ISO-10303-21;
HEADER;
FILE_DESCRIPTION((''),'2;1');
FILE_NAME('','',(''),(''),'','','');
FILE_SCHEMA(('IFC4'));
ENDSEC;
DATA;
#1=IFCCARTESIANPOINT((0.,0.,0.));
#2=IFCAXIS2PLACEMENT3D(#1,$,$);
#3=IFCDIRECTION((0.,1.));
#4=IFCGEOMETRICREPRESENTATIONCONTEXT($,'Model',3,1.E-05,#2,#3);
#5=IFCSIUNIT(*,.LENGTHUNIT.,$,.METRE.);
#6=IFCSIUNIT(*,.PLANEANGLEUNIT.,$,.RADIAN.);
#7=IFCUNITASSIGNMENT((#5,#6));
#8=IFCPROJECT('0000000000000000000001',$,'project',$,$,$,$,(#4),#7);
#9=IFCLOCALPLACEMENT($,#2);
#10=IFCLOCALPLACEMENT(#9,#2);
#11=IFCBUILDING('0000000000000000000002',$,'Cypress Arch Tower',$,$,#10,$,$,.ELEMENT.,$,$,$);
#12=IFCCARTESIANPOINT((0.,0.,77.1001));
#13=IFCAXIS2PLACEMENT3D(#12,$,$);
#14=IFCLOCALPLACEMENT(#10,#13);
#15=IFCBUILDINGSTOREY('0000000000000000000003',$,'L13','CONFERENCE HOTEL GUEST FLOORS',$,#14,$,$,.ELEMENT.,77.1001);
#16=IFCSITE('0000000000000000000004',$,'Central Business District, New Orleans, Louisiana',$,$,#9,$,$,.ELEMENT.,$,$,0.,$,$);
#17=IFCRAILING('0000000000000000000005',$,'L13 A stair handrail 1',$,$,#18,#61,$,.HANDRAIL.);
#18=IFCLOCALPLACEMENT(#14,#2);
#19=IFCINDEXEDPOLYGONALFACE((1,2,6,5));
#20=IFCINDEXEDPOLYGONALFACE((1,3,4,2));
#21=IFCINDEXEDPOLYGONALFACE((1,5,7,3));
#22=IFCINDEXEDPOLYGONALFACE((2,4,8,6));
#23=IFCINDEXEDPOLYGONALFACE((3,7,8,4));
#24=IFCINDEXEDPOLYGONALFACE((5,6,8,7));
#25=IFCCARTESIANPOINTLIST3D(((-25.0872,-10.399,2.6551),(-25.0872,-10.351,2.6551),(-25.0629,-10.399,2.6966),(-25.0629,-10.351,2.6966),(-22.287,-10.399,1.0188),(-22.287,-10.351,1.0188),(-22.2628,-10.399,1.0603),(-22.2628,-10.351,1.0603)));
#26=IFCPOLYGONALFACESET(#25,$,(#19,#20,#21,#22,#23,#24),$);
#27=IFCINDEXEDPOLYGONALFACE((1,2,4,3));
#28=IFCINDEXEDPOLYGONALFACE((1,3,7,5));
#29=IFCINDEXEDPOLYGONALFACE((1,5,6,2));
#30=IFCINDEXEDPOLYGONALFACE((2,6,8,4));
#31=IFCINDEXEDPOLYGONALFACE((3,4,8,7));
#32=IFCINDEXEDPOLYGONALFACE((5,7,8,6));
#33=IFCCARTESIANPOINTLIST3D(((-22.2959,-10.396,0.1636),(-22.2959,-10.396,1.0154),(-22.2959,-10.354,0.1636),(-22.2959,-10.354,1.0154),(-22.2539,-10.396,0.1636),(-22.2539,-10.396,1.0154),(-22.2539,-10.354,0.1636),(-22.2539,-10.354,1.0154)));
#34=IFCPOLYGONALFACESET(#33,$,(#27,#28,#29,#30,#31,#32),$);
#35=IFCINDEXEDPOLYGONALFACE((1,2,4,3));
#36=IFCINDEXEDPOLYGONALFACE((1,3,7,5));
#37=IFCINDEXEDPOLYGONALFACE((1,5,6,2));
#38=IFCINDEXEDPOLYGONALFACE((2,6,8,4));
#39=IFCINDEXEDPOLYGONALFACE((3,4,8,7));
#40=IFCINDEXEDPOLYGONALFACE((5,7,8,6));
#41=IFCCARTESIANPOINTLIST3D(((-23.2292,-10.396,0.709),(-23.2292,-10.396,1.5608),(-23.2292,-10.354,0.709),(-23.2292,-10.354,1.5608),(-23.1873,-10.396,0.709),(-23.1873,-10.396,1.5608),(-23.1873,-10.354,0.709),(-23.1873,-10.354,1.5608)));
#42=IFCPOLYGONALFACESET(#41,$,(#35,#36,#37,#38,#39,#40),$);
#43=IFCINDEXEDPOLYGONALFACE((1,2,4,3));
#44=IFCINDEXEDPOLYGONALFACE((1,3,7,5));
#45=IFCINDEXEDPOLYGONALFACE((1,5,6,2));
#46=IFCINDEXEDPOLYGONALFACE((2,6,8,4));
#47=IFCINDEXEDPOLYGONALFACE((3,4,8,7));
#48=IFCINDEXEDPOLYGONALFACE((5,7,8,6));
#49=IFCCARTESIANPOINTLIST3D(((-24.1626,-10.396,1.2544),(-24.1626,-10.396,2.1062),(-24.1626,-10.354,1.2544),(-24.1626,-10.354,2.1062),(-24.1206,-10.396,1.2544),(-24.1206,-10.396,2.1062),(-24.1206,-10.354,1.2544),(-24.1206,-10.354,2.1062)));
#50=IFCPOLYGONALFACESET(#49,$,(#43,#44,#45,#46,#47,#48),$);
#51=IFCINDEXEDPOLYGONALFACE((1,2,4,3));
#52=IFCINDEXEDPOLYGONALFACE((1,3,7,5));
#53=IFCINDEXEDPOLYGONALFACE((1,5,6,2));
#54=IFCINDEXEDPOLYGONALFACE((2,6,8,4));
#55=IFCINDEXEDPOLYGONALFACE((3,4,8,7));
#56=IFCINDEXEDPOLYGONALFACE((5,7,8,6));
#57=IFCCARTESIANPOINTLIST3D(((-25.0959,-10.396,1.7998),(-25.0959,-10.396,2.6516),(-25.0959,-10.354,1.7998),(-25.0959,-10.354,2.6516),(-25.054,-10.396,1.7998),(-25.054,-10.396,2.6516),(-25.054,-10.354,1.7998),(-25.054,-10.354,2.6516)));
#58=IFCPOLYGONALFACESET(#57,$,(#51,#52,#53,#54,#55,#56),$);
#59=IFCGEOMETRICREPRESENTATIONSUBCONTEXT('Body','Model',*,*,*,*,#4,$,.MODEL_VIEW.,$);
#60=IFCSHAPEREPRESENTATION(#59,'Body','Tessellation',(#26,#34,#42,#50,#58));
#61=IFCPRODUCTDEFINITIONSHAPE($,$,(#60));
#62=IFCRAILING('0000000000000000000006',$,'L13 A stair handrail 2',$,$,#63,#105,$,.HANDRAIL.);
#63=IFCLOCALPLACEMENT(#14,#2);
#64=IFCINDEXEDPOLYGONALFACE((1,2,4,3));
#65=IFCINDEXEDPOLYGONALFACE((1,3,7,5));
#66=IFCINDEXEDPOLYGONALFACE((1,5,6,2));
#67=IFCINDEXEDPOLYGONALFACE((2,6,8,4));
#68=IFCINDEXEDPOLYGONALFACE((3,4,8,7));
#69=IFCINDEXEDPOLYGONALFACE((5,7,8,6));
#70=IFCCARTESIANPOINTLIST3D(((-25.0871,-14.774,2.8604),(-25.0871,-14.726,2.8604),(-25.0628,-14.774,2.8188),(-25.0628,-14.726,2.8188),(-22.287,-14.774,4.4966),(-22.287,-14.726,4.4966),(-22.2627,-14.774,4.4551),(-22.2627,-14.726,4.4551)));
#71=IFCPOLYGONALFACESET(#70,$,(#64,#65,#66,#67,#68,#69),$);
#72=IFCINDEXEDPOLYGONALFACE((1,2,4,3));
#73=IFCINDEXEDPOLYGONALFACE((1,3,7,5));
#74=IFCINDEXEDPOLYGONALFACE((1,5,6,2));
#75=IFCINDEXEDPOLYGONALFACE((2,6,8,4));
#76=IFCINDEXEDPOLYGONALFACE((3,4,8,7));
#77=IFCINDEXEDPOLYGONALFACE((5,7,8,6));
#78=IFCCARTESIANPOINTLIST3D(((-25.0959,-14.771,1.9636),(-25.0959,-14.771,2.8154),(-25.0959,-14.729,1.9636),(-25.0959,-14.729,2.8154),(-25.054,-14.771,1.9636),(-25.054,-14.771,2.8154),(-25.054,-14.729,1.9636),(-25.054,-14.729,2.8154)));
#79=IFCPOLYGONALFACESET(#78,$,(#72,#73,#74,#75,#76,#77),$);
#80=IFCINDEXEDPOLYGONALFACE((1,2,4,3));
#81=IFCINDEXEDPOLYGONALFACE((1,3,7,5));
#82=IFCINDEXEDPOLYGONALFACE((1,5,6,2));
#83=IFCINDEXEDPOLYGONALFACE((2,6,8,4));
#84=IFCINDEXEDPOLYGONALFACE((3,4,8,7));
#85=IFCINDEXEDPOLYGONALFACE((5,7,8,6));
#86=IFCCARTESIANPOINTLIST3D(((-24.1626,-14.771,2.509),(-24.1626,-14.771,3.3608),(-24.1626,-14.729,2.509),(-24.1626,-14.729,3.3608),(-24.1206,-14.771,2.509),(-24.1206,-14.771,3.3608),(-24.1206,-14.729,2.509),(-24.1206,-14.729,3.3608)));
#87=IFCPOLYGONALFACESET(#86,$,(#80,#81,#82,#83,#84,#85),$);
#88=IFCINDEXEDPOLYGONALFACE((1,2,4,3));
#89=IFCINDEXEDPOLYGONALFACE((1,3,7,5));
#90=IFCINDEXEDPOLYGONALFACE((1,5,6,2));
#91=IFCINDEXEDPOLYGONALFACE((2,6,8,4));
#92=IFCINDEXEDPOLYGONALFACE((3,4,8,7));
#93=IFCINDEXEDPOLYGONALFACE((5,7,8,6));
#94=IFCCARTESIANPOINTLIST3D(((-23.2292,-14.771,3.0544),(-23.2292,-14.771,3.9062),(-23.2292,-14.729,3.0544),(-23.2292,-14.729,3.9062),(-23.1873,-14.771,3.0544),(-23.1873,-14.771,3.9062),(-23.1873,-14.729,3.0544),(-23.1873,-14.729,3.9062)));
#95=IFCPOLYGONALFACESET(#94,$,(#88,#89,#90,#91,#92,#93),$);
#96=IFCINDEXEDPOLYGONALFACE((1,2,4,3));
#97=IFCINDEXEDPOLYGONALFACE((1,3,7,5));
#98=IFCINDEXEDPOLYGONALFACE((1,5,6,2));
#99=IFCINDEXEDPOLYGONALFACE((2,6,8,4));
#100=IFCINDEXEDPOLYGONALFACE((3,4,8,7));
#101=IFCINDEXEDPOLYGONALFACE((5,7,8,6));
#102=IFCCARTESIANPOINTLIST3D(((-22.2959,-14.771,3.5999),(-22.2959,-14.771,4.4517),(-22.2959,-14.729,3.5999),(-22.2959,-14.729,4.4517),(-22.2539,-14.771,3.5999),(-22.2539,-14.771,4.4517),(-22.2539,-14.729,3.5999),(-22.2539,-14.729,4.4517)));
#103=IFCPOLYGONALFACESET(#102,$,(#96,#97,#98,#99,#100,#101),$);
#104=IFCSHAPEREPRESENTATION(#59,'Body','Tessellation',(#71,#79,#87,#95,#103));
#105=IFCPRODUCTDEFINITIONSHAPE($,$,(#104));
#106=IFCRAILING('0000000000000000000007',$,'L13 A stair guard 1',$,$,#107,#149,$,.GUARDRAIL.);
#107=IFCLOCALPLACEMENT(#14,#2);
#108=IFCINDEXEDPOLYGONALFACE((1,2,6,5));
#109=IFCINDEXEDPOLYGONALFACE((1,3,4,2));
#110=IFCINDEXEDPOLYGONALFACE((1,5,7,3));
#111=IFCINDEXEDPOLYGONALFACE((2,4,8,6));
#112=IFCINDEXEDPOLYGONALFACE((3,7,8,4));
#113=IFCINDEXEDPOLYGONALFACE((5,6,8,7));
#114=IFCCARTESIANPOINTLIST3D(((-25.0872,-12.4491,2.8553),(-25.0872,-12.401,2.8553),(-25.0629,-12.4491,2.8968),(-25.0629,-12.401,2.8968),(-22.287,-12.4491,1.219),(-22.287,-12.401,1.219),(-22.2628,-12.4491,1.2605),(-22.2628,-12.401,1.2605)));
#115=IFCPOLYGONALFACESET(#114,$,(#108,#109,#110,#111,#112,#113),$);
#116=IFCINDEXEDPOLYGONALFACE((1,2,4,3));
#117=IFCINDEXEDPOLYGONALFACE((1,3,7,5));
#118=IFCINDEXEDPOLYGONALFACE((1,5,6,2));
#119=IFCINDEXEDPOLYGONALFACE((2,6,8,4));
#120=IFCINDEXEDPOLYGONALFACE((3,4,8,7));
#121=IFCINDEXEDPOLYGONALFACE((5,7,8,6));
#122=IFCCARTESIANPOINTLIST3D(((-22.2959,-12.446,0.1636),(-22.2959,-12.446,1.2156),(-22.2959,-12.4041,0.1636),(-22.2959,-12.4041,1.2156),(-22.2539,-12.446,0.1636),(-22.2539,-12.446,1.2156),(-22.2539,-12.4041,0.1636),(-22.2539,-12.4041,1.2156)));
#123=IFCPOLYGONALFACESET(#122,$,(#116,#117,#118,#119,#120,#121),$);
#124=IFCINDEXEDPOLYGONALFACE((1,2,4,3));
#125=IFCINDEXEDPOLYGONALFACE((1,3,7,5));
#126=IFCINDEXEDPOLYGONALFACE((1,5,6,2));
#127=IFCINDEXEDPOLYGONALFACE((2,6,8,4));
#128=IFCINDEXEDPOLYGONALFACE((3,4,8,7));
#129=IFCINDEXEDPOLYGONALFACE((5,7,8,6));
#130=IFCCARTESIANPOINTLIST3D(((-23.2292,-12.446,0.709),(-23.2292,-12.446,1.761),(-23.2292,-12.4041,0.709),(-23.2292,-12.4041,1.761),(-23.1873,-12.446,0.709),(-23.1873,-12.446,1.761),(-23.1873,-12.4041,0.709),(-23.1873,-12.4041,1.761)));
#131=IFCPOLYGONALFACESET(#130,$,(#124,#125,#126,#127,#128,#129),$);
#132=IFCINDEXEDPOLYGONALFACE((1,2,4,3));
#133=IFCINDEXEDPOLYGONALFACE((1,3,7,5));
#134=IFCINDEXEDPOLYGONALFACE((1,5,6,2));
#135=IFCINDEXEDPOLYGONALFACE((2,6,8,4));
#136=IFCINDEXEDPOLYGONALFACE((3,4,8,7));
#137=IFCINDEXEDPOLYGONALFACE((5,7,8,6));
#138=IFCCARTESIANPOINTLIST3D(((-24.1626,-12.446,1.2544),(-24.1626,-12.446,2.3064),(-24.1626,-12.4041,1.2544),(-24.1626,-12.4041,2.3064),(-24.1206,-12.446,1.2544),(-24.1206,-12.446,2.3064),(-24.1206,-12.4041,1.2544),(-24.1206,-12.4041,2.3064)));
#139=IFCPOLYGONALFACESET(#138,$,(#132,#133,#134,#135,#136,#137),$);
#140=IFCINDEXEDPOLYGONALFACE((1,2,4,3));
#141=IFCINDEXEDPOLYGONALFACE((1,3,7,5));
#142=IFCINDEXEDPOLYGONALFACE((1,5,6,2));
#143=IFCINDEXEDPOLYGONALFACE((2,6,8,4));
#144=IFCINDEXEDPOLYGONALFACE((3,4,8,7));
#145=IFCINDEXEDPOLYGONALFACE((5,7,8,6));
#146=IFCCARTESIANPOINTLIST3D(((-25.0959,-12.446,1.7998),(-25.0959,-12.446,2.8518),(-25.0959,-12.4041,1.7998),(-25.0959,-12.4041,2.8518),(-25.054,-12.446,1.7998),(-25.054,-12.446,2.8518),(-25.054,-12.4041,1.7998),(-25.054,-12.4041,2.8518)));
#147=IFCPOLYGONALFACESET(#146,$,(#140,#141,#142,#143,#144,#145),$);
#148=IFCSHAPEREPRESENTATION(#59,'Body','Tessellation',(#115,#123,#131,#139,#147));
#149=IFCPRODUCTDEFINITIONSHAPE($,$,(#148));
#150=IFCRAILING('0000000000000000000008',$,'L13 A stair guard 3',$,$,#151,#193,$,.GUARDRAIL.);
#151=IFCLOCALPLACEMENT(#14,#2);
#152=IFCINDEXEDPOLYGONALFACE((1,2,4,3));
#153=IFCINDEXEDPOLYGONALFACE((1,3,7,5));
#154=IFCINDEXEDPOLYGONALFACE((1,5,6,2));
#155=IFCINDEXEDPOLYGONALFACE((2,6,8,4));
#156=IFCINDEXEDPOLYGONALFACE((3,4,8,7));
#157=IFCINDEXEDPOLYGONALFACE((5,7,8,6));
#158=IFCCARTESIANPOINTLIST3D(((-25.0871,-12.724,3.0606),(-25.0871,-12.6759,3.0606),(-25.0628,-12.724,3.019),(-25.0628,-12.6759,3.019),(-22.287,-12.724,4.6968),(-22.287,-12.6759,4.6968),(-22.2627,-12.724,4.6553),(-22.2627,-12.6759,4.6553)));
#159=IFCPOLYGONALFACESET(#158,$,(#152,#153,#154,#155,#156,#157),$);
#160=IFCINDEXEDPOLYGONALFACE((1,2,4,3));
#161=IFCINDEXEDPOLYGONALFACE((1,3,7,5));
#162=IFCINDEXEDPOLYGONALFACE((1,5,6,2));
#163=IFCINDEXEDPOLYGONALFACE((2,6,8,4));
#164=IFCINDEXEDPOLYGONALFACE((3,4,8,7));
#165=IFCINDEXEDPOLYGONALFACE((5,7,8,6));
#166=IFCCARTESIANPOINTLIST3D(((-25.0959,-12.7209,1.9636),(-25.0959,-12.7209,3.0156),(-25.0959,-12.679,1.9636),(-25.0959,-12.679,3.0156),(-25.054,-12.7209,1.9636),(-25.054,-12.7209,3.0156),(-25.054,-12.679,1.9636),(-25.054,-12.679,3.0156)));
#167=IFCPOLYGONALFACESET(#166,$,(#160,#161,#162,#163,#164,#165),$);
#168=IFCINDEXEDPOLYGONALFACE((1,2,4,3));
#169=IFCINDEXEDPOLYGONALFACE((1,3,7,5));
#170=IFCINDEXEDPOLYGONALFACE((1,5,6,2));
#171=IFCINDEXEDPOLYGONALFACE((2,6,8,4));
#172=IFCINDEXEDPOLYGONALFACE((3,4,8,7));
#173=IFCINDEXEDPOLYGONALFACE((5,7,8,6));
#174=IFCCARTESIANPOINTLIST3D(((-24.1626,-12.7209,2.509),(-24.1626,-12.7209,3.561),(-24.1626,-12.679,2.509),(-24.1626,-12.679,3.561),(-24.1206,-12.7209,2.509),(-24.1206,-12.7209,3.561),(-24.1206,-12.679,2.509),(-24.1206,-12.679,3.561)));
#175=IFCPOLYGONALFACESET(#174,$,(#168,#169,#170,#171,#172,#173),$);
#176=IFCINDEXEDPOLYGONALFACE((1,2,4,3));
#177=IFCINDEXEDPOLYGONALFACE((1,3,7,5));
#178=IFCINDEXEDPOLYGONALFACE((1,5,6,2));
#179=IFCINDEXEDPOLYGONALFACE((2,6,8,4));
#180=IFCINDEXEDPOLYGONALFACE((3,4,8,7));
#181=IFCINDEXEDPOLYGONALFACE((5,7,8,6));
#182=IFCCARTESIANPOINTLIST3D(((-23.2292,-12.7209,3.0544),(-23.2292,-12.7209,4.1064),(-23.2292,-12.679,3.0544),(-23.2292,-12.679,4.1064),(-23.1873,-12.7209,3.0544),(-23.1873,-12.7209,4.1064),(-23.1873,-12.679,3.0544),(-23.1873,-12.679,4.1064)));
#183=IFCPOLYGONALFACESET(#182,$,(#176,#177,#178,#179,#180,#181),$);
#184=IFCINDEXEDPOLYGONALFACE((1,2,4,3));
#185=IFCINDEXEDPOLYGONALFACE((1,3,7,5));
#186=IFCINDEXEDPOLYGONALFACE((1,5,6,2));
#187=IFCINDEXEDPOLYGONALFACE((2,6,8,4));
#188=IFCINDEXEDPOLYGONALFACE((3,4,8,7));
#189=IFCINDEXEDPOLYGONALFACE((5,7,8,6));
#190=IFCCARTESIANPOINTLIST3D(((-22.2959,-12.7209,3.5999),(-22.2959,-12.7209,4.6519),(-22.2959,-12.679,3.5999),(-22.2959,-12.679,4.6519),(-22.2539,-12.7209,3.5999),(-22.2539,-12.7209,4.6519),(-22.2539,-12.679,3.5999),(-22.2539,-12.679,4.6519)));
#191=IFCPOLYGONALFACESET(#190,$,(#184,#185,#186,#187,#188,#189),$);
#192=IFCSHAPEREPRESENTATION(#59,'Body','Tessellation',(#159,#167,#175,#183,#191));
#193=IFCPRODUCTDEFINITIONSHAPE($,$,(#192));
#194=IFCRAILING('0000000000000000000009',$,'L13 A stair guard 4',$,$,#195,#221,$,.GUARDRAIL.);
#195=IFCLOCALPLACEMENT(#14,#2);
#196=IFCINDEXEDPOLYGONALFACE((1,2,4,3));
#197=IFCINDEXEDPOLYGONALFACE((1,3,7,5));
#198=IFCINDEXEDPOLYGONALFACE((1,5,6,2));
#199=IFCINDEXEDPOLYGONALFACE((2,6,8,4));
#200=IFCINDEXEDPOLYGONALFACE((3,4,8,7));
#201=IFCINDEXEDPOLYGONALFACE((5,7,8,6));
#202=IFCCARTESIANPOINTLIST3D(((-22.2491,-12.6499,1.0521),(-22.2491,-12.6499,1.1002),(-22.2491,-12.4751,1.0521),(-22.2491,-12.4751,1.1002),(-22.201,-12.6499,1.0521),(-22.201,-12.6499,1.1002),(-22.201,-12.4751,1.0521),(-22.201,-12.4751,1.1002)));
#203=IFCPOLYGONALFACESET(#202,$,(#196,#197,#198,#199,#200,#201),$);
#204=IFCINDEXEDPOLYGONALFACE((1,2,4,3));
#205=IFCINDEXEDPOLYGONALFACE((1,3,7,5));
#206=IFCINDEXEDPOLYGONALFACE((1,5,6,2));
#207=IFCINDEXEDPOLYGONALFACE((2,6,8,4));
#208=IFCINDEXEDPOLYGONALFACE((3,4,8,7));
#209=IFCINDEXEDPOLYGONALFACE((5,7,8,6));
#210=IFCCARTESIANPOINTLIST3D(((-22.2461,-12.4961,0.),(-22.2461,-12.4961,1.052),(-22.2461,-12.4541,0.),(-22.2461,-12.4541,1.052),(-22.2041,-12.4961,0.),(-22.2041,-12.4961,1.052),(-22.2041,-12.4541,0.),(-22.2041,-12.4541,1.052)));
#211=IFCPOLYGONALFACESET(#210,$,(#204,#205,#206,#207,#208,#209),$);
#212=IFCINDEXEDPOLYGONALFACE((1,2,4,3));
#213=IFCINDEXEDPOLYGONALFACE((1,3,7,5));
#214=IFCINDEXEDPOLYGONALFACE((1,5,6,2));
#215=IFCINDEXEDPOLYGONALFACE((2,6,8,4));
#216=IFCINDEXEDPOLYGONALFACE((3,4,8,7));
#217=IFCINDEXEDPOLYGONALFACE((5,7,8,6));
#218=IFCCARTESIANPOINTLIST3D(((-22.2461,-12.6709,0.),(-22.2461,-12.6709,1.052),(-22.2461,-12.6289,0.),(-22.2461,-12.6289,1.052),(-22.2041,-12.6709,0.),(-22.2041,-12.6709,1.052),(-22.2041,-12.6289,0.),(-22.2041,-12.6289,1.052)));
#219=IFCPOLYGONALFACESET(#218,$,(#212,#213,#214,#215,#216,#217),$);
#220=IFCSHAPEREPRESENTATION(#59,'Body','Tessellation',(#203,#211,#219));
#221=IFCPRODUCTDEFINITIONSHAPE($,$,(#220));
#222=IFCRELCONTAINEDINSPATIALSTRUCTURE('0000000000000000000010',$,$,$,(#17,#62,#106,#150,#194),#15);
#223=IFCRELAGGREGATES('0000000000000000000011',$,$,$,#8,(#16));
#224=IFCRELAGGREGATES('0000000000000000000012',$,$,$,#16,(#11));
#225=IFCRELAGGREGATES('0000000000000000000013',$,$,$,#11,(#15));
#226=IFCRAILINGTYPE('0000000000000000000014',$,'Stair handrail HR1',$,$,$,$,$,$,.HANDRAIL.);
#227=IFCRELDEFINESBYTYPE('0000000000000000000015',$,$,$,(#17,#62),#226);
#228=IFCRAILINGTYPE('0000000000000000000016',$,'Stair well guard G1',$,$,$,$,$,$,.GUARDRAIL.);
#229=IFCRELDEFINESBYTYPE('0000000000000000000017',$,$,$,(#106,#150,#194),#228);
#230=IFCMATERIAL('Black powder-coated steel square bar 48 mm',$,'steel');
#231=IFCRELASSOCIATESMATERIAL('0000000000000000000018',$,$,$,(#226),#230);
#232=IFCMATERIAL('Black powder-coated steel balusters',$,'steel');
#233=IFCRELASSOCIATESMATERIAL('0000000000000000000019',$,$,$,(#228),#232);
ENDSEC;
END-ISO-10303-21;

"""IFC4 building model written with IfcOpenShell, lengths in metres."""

from ifc_helpers import new_model, si_unit, direction, frame, origin, origin_2d, place, context, subcontext, project, spatial, rectangle, extrude, material, type_object, element, save


model = new_model("IFC4")

# Units and contexts
model_context = context("Model", 3, precision=1e-05, world=origin(), true_north=direction((0.0, 1.0)))
body_context = subcontext(model_context, "Body", "Model", "MODEL_VIEW")
ifc_project = project(units=[si_unit("LENGTHUNIT", "METRE"), si_unit("PLANEANGLEUNIT", "RADIAN")], contexts=[model_context])

# Site, building, storey
site_placement = place(None, origin())
site = spatial("IfcSite", under=ifc_project, at=site_placement, Name="Central Business District, New Orleans, Louisiana", CompositionType="ELEMENT", RefElevation=0.0)
building_placement = place(site_placement, origin())
building = spatial("IfcBuilding", under=site, at=building_placement, Name="Cypress Arch Tower", CompositionType="ELEMENT")
storey_placement = place(building_placement, frame((0.0, 0.0, 77.1001)))
storey = spatial("IfcBuildingStorey", under=building, at=storey_placement, Name="L13", Description="CONFERENCE HOTEL GUEST FLOORS", CompositionType="ELEMENT", Elevation=77.1001)

# Railings
ifc_material_1 = material(Name="Black powder-coated steel square bar 48 mm", Category="steel")
railing_type_1 = type_object("IfcRailingType", Name="Stair handrail HR1", PredefinedType="HANDRAIL", material=ifc_material_1)
railing_1_placement = place(storey_placement, frame((-22.2749, -10.375, 0.1636)))
element("IfcRailing", 1, at=railing_1_placement, inside=storey, type_object=railing_type_1, Name="L13 A stair handrail 1", PredefinedType="HANDRAIL", context=body_context, shape_type="SweptSolid", body=[
    extrude(rectangle(XDim=0.0481, YDim=0.0481, at=origin_2d()), frame((0.0, 0.0, 0.876), z_axis=(-0.863394, 0.0, 0.504531), x_axis=(0.0, -1.0, 0.0)), (0.0, 0.0, 1.0), 3.2432),
    extrude(rectangle(XDim=0.042, YDim=0.042, at=origin_2d()), origin(), (0.0, 0.0, 1.0), 0.8518),
    extrude(rectangle(XDim=0.042, YDim=0.042, at=origin_2d()), frame((-0.9333, 0.0, 0.5454)), (0.0, 0.0, 1.0), 0.8518),
    extrude(rectangle(XDim=0.042, YDim=0.042, at=origin_2d()), frame((-1.8667, 0.0, 1.0908)), (0.0, 0.0, 1.0), 0.8518),
    extrude(rectangle(XDim=0.042, YDim=0.042, at=origin_2d()), frame((-2.8, 0.0, 1.6362)), (0.0, 0.0, 1.0), 0.8518),
])
railing_2_placement = place(storey_placement, frame((-25.075, -14.75, 1.9636)))
element("IfcRailing", 2, at=railing_2_placement, inside=storey, type_object=railing_type_1, Name="L13 A stair handrail 2", PredefinedType="HANDRAIL", context=body_context, shape_type="SweptSolid", body=[
    extrude(rectangle(XDim=0.0481, YDim=0.0481, at=origin_2d()), frame((0.0, 0.0, 0.876), z_axis=(0.863394, 0.0, 0.504531), x_axis=(0.0, 1.0, 0.0)), (0.0, 0.0, 1.0), 3.2432),
    extrude(rectangle(XDim=0.042, YDim=0.042, at=origin_2d()), origin(), (0.0, 0.0, 1.0), 0.8518),
    extrude(rectangle(XDim=0.042, YDim=0.042, at=origin_2d()), frame((0.9333, 0.0, 0.5454)), (0.0, 0.0, 1.0), 0.8518),
    extrude(rectangle(XDim=0.042, YDim=0.042, at=origin_2d()), frame((1.8667, 0.0, 1.0908)), (0.0, 0.0, 1.0), 0.8518),
    extrude(rectangle(XDim=0.042, YDim=0.042, at=origin_2d()), frame((2.8, 0.0, 1.6362)), (0.0, 0.0, 1.0), 0.8518),
])
ifc_material_2 = material(Name="Black powder-coated steel balusters", Category="steel")
railing_type_2 = type_object("IfcRailingType", Name="Stair well guard G1", PredefinedType="GUARDRAIL", material=ifc_material_2)
railing_3_placement = place(storey_placement, frame((-22.2749, -12.425, 0.1636)))
element("IfcRailing", 3, at=railing_3_placement, inside=storey, type_object=railing_type_2, Name="L13 A stair guard 1", PredefinedType="GUARDRAIL", context=body_context, shape_type="SweptSolid", body=[
    extrude(rectangle(XDim=0.0481, YDim=0.0481, at=origin_2d()), frame((0.0, 0.0, 1.0762), z_axis=(-0.863394, 0.0, 0.504531), x_axis=(0.0, -1.0, 0.0)), (0.0, 0.0, 1.0), 3.2432),
    extrude(rectangle(XDim=0.042, YDim=0.042, at=origin_2d()), origin(), (0.0, 0.0, 1.0), 1.052),
    extrude(rectangle(XDim=0.042, YDim=0.042, at=origin_2d()), frame((-0.9333, 0.0, 0.5454)), (0.0, 0.0, 1.0), 1.052),
    extrude(rectangle(XDim=0.042, YDim=0.042, at=origin_2d()), frame((-1.8667, 0.0, 1.0908)), (0.0, 0.0, 1.0), 1.052),
    extrude(rectangle(XDim=0.042, YDim=0.042, at=origin_2d()), frame((-2.8, 0.0, 1.6362)), (0.0, 0.0, 1.0), 1.052),
])
railing_4_placement = place(storey_placement, frame((-25.075, -12.7, 1.9636)))
element("IfcRailing", 4, at=railing_4_placement, inside=storey, type_object=railing_type_2, Name="L13 A stair guard 3", PredefinedType="GUARDRAIL", context=body_context, shape_type="SweptSolid", body=[
    extrude(rectangle(XDim=0.0481, YDim=0.0481, at=origin_2d()), frame((0.0, 0.0, 1.0762), z_axis=(0.863394, 0.0, 0.504531), x_axis=(0.0, 1.0, 0.0)), (0.0, 0.0, 1.0), 3.2432),
    extrude(rectangle(XDim=0.042, YDim=0.042, at=origin_2d()), origin(), (0.0, 0.0, 1.0), 1.052),
    extrude(rectangle(XDim=0.042, YDim=0.042, at=origin_2d()), frame((0.9333, 0.0, 0.5454)), (0.0, 0.0, 1.0), 1.052),
    extrude(rectangle(XDim=0.042, YDim=0.042, at=origin_2d()), frame((1.8667, 0.0, 1.0908)), (0.0, 0.0, 1.0), 1.052),
    extrude(rectangle(XDim=0.042, YDim=0.042, at=origin_2d()), frame((2.8, 0.0, 1.6362)), (0.0, 0.0, 1.0), 1.052),
])
railing_5_placement = place(storey_placement, frame((-22.2251, -12.4751, 0.0)))
element("IfcRailing", 5, at=railing_5_placement, inside=storey, type_object=railing_type_2, Name="L13 A stair guard 4", PredefinedType="GUARDRAIL", context=body_context, shape_type="SweptSolid", body=[
    extrude(rectangle(XDim=0.0481, YDim=0.0481, at=origin_2d()), frame((0.0, 0.0, 1.0762), z_axis=(0.0, -1.0, 0.0), x_axis=(1.0, 0.0, 0.0)), (0.0, 0.0, 1.0), 0.1748),
    extrude(rectangle(XDim=0.042, YDim=0.042, at=origin_2d()), origin(), (0.0, 0.0, 1.0), 1.052),
    extrude(rectangle(XDim=0.042, YDim=0.042, at=origin_2d()), frame((0.0, -0.1748, 0.0)), (0.0, 0.0, 1.0), 1.052),
])

save(model, "model.ifc")
